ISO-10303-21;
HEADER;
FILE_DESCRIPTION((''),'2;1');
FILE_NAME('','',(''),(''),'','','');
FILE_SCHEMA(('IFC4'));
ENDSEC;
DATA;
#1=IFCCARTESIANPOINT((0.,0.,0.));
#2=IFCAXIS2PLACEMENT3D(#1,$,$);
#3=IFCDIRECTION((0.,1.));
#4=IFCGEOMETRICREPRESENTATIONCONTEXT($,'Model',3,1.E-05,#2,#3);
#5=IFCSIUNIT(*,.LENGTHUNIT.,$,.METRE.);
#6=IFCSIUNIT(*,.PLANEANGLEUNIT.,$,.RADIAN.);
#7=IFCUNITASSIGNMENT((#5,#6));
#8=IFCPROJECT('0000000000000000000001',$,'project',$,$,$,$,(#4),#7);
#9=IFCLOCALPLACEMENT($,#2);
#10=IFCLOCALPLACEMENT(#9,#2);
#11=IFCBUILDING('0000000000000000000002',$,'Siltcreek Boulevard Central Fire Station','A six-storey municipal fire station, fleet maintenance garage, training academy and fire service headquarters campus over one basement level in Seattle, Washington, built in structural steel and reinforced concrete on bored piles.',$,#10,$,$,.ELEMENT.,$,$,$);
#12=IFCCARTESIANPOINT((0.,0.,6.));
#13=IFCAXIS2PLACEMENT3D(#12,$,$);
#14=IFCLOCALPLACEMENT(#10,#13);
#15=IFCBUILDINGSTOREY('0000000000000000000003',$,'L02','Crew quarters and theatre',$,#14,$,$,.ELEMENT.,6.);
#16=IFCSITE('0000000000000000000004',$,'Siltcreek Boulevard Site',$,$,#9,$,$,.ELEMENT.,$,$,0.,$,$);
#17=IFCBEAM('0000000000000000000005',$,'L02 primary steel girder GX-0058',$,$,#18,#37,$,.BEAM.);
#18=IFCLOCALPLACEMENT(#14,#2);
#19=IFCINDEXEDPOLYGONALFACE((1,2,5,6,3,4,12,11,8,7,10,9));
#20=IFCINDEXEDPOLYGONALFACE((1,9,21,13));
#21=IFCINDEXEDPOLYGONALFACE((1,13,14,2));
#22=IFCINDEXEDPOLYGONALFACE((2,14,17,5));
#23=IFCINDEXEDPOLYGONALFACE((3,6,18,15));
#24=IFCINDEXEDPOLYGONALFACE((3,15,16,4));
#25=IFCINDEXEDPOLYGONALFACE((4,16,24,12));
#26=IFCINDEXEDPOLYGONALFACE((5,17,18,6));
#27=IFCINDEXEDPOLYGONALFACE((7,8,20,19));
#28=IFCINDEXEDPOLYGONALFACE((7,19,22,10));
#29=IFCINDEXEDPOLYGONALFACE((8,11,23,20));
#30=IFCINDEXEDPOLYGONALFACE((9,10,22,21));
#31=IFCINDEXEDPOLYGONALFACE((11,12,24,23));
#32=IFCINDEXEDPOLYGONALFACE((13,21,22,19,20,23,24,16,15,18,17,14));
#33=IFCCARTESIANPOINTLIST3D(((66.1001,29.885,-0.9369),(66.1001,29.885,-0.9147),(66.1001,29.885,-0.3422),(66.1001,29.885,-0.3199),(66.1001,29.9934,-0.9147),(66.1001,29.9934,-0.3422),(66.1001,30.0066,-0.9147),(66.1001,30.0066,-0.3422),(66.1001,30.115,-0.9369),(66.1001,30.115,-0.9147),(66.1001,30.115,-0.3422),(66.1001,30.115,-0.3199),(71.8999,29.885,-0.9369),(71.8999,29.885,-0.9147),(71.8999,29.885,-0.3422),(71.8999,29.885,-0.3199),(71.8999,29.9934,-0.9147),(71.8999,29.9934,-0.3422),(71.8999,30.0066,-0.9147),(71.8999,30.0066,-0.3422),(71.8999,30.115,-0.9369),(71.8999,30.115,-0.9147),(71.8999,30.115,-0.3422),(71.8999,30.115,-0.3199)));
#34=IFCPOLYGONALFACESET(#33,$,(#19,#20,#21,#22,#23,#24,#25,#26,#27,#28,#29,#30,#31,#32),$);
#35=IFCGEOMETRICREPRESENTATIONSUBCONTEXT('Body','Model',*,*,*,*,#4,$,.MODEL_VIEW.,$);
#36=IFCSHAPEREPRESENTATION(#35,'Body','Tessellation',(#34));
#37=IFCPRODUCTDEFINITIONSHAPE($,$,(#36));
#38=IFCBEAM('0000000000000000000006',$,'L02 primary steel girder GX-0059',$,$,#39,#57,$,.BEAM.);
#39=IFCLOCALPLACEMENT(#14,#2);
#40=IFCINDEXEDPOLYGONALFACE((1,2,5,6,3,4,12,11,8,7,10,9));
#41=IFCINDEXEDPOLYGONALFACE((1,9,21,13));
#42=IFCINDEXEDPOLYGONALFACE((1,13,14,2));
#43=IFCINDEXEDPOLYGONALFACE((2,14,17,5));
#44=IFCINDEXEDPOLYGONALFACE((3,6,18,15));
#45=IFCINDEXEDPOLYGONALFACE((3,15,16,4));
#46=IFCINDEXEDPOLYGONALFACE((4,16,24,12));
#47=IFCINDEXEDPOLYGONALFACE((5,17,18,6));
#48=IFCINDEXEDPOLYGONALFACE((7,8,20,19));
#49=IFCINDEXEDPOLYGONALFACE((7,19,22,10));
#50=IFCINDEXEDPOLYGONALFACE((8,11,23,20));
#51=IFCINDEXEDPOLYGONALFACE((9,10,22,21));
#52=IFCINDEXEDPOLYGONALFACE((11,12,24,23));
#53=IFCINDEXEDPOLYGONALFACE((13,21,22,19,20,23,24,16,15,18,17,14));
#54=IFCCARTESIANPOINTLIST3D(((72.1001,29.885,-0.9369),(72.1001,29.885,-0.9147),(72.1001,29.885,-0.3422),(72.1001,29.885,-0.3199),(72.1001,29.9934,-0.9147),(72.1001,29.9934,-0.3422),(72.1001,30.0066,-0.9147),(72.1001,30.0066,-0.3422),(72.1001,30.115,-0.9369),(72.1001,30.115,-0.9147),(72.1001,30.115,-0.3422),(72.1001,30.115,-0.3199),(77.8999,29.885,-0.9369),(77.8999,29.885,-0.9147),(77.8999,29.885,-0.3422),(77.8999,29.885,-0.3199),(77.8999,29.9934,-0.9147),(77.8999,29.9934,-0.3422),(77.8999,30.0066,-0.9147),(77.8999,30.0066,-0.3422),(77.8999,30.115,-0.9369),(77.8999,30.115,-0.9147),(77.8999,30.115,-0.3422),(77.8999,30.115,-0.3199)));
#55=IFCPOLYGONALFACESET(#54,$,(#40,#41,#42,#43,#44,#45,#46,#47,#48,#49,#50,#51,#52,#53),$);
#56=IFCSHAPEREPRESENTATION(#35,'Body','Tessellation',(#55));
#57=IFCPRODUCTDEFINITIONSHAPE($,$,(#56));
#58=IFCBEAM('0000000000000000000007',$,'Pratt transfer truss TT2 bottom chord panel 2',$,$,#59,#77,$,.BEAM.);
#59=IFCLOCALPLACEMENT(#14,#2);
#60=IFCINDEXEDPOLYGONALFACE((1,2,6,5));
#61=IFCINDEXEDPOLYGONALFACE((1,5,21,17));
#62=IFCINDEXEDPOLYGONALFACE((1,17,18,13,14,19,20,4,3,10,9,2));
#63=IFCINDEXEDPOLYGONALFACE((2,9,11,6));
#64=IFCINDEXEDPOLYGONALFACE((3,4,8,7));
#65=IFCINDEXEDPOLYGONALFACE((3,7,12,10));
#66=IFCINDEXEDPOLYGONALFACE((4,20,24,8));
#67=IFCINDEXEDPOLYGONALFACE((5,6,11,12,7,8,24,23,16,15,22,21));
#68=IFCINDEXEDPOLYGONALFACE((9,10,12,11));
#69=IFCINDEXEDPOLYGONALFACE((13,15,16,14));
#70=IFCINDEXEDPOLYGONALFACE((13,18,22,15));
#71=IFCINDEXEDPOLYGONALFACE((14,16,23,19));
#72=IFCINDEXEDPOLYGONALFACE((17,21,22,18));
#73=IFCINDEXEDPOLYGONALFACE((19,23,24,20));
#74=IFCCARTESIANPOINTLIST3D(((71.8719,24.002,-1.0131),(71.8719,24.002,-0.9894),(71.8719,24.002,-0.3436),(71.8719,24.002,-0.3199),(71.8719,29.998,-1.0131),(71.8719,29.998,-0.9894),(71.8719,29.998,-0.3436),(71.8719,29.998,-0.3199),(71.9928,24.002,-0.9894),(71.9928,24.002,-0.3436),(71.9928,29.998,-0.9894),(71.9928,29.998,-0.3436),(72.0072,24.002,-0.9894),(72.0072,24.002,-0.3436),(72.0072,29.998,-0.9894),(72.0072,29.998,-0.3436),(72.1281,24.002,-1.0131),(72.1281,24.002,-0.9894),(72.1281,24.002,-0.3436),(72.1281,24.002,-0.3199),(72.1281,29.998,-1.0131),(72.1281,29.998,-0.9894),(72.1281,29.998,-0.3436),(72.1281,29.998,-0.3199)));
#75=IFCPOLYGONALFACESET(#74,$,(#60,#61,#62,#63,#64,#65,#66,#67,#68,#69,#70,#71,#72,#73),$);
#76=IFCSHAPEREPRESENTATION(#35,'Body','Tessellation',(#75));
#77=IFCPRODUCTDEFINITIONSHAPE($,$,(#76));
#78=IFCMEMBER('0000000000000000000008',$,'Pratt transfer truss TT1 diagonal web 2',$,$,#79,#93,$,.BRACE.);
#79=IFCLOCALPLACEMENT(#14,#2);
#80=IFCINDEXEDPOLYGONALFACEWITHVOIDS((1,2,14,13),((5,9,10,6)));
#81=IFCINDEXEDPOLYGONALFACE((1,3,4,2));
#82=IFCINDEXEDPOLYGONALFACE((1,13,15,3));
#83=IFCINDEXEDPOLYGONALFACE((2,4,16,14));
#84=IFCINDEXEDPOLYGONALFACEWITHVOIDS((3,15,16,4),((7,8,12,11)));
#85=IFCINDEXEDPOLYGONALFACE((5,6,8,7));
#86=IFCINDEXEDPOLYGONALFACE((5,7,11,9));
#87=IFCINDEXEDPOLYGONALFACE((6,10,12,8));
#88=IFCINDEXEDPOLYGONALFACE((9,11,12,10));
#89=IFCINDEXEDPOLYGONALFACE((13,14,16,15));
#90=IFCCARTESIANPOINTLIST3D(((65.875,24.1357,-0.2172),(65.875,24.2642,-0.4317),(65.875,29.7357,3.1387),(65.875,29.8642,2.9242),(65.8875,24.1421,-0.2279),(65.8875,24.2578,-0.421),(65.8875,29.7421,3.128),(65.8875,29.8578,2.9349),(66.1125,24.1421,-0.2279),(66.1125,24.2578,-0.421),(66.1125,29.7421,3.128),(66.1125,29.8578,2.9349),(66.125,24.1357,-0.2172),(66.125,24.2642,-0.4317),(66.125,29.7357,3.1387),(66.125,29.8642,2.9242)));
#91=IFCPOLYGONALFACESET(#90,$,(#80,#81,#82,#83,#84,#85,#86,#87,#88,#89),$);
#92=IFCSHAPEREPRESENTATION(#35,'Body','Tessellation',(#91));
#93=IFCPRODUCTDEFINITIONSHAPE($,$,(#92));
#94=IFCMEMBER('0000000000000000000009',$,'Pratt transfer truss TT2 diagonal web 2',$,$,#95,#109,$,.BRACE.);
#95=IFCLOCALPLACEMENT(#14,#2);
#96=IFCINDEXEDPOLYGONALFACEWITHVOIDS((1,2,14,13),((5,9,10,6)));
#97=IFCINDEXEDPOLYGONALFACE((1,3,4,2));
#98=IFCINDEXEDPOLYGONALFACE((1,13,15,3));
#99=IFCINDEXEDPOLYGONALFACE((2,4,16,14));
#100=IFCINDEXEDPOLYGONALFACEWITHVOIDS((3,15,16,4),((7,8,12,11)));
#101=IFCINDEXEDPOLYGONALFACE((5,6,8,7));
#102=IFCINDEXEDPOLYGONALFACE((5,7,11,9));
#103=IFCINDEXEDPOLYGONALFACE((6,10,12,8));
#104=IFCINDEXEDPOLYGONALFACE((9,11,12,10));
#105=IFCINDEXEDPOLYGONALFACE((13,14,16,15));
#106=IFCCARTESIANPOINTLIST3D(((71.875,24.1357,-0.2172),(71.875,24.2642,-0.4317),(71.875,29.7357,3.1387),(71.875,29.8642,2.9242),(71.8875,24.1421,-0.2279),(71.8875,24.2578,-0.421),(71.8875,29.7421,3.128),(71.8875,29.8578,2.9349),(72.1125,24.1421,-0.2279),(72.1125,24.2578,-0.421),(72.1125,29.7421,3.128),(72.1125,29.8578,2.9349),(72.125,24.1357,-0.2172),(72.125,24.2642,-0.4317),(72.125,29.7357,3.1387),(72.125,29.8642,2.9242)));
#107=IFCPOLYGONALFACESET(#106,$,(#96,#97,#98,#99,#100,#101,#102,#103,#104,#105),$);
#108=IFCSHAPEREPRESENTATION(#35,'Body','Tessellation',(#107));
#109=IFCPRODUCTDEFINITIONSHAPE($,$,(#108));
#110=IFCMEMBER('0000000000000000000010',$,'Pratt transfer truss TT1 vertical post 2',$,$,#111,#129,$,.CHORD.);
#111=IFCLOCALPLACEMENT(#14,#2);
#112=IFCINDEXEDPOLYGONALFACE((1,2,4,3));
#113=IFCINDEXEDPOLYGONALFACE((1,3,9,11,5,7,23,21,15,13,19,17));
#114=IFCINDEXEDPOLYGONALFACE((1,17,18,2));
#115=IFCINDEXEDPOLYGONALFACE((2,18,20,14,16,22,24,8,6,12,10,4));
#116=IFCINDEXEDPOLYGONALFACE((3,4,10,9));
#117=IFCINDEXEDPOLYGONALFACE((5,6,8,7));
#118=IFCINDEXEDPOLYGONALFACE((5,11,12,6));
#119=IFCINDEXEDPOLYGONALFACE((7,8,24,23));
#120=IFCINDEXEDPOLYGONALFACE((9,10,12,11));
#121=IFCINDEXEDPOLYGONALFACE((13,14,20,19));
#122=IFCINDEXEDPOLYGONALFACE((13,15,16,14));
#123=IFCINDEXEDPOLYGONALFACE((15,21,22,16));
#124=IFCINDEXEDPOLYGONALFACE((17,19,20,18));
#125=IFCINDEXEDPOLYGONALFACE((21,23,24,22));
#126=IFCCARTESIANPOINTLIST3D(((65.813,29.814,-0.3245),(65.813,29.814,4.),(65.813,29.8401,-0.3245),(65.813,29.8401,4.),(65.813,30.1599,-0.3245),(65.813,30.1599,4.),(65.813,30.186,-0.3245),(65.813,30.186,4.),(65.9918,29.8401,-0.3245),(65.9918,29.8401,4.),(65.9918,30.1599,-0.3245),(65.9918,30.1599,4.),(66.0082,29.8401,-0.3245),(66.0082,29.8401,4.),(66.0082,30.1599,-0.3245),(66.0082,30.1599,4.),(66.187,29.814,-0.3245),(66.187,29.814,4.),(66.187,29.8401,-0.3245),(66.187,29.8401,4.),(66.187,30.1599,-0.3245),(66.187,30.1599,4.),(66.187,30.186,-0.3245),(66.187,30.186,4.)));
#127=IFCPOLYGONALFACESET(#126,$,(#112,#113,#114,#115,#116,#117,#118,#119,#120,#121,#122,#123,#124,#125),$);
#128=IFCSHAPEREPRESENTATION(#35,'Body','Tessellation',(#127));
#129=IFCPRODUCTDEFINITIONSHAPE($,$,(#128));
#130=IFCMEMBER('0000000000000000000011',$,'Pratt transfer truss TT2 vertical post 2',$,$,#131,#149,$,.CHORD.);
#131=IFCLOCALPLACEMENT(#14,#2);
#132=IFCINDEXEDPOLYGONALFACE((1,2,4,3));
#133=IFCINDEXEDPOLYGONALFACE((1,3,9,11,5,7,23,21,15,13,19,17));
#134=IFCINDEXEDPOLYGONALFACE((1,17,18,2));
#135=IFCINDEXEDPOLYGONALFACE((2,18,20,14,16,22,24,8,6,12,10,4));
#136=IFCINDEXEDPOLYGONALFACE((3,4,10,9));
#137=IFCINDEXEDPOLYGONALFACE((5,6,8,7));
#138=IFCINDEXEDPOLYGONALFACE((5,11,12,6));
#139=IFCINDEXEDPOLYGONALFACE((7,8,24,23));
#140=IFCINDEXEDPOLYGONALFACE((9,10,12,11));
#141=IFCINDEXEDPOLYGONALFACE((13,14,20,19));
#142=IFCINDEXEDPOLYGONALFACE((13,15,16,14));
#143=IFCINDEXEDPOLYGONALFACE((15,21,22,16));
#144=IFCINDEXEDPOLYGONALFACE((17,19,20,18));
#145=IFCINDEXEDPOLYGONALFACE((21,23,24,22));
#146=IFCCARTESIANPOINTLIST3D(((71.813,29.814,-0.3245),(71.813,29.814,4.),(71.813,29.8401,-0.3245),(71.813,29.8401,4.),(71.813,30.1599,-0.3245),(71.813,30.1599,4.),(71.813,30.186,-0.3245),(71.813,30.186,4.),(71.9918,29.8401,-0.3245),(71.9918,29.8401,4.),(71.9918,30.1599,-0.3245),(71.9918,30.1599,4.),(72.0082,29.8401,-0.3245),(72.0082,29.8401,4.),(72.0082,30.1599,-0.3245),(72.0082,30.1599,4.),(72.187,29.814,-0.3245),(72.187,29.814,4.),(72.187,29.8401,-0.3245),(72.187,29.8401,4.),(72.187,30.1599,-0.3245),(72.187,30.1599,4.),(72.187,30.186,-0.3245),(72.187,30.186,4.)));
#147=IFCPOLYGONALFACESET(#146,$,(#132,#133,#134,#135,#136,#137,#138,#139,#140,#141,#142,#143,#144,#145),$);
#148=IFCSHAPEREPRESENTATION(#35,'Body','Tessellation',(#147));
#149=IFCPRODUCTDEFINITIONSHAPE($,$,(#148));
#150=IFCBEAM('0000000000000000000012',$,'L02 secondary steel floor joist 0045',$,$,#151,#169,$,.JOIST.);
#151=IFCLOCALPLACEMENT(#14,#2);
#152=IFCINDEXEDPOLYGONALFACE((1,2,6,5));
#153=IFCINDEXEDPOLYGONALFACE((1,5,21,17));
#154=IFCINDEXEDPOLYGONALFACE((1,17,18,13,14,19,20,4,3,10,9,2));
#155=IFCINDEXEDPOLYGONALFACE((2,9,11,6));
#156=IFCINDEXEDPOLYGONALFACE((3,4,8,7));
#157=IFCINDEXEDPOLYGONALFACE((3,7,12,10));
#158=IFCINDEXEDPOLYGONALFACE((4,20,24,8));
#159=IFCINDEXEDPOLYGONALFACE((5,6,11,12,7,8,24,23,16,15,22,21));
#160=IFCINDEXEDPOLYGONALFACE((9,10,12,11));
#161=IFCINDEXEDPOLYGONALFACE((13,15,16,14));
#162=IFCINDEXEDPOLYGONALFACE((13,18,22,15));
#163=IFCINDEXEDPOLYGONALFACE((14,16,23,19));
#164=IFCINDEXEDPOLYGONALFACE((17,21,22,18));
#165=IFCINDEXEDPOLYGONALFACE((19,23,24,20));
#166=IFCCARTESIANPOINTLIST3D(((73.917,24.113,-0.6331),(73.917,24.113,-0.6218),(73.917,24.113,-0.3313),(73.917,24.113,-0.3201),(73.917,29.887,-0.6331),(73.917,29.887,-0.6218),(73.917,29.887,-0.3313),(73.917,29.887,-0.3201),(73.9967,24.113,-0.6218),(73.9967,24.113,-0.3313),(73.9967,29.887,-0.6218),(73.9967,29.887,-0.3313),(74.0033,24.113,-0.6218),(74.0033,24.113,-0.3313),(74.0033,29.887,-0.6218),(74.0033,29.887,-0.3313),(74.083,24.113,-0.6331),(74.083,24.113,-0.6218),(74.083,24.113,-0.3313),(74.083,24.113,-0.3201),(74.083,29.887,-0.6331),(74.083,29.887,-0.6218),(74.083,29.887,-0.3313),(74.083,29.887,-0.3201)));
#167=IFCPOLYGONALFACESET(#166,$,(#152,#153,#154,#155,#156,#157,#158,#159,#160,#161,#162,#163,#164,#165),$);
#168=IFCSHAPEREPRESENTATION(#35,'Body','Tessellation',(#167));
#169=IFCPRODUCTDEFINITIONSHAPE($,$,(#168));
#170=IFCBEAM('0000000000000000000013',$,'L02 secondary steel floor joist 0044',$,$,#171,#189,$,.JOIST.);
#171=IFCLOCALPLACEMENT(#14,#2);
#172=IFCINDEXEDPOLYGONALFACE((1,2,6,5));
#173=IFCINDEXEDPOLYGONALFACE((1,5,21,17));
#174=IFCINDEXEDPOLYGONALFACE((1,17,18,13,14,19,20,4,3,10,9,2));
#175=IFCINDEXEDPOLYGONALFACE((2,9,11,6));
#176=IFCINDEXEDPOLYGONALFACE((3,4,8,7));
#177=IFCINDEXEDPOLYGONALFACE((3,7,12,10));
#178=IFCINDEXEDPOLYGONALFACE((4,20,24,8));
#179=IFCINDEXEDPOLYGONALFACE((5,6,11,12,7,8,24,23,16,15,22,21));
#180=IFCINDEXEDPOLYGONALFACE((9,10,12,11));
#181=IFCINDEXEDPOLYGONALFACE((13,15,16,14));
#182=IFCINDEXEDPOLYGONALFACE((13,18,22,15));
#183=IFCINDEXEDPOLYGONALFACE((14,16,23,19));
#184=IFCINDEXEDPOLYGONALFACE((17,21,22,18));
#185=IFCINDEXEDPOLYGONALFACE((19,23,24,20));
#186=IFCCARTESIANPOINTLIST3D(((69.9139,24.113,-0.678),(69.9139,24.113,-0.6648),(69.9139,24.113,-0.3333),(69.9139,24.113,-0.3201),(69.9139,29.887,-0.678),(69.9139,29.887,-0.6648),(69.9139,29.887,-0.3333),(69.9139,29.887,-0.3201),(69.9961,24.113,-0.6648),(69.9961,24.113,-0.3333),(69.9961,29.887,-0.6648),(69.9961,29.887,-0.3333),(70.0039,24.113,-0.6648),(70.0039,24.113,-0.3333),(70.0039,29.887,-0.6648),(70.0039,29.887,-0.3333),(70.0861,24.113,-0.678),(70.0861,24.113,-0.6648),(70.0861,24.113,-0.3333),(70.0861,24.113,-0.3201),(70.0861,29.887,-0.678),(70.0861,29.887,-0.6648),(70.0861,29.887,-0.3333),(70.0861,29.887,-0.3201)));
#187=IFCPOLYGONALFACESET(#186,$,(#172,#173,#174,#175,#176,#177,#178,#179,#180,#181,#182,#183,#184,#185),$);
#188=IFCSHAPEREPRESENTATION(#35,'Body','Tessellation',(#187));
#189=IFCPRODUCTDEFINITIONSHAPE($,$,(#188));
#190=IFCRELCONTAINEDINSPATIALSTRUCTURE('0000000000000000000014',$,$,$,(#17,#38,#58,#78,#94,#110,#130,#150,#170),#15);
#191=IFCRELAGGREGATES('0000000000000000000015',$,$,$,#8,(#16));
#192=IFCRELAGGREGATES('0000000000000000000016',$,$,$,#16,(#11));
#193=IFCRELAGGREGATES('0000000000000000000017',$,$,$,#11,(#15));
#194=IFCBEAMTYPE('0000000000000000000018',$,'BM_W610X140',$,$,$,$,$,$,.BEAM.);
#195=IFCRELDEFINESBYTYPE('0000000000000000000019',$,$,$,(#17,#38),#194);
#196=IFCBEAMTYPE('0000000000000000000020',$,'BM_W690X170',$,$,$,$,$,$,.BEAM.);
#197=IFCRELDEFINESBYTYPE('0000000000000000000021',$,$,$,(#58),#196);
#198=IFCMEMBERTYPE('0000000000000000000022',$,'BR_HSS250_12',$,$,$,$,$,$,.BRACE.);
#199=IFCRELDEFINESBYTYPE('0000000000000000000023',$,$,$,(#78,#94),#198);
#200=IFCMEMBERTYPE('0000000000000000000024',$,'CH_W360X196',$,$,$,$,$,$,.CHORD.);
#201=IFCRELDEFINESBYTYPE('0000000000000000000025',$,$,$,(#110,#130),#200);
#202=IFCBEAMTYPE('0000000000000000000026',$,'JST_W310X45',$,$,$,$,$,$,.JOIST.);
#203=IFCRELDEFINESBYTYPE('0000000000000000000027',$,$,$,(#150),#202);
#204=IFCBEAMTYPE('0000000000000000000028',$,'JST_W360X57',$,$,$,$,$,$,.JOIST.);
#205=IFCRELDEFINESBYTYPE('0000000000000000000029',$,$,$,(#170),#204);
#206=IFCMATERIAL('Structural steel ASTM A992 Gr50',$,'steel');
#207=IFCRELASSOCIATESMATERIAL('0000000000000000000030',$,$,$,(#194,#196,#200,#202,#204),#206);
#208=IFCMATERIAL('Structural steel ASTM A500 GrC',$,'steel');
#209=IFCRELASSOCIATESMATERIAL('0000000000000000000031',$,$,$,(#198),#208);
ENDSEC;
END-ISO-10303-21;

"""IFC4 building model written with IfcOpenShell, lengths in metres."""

from ifc_helpers import new_model, si_unit, direction, frame, origin, origin_2d, place, context, subcontext, project, spatial, hollow_rectangle, i_section, extrude, material, material_profile, profile_set, type_object, element, save


model = new_model("IFC4")

# Units and contexts
model_context = context("Model", 3, precision=1e-05, world=origin(), true_north=direction((0.0, 1.0)))
body_context = subcontext(model_context, "Body", "Model", "MODEL_VIEW")
ifc_project = project(units=[si_unit("LENGTHUNIT", "METRE"), si_unit("PLANEANGLEUNIT", "RADIAN")], contexts=[model_context])

# Site, building, storey
site_placement = place(None, origin())
site = spatial("IfcSite", under=ifc_project, at=site_placement, Name="Siltcreek Boulevard Site", CompositionType="ELEMENT", RefElevation=0.0)
building_placement = place(site_placement, origin())
building = spatial("IfcBuilding", under=site, at=building_placement, Name="Siltcreek Boulevard Central Fire Station", Description="A six-storey municipal fire station, fleet maintenance garage, training academy and fire service headquarters campus over one basement level in Seattle, Washington, built in structural steel and reinforced concrete on bored piles.", CompositionType="ELEMENT")
storey_placement = place(building_placement, frame((0.0, 0.0, 6.0)))
storey = spatial("IfcBuildingStorey", under=building, at=storey_placement, Name="L02", Description="Crew quarters and theatre", CompositionType="ELEMENT", Elevation=6.0)

# Beams
ifc_material_1 = material(Name="Structural steel ASTM A992 Gr50", Category="steel")
ifc_material_profile_1 = material_profile(ifc_material_1, i_section(OverallWidth=0.23, OverallDepth=0.6169, WebThickness=0.0132, FlangeThickness=0.0222, at=origin_2d()), Name="W610X140")
ifc_profile_set_1 = profile_set([ifc_material_profile_1], Name="Structural steel ASTM A992 Gr50")
beam_type_1 = type_object("IfcBeamType", Name="BM_W610X140", PredefinedType="BEAM", material=ifc_profile_set_1)
for number, where, z_axis, x_axis, name in (
    (1, (66.1001, 30.0, -0.6284), (1.0, 0.0, 0.0), (0.0, 1.0, 0.0), "L02 primary steel girder GX-0058"),
    (2, (72.1001, 30.0, -0.6284), (1.0, 0.0, 0.0), (0.0, 1.0, 0.0), "L02 primary steel girder GX-0059"),
):
    element("IfcBeam", number, at=place(storey_placement, frame(where, z_axis=z_axis, x_axis=x_axis)), inside=storey, type_object=beam_type_1, Name=name, PredefinedType="BEAM", context=body_context, shape_type="SweptSolid", body=[
        extrude(i_section(OverallWidth=0.23, OverallDepth=0.6169, WebThickness=0.0132, FlangeThickness=0.0222, at=origin_2d()), origin(), (0.0, 0.0, 1.0), 5.7998),
    ])
ifc_material_profile_2 = material_profile(ifc_material_1, i_section(OverallWidth=0.2561, OverallDepth=0.6931, WebThickness=0.0144, FlangeThickness=0.0237, at=origin_2d()), Name="W690X170")
ifc_profile_set_2 = profile_set([ifc_material_profile_2], Name="Structural steel ASTM A992 Gr50")
beam_type_2 = type_object("IfcBeamType", Name="BM_W690X170", PredefinedType="BEAM", material=ifc_profile_set_2)
beam_1_placement = place(storey_placement, frame((72.0, 24.002, -0.6665), z_axis=(0.0, 1.0, 0.0), x_axis=(-1.0, 0.0, 0.0)))
element("IfcBeam", 3, at=beam_1_placement, inside=storey, type_object=beam_type_2, Name="Pratt transfer truss TT2 bottom chord panel 2", PredefinedType="BEAM", context=body_context, shape_type="SweptSolid", body=[
    extrude(i_section(OverallWidth=0.2561, OverallDepth=0.6931, WebThickness=0.0144, FlangeThickness=0.0237, at=origin_2d()), origin(), (0.0, 0.0, 1.0), 5.9961),
])

# Members
ifc_material_2 = material(Name="Structural steel ASTM A500 GrC", Category="steel")
ifc_material_profile_3 = material_profile(ifc_material_2, hollow_rectangle(XDim=0.25, YDim=0.25, WallThickness=0.0125, at=origin_2d()), Name="HSS250X250X12.5")
ifc_profile_set_3 = profile_set([ifc_material_profile_3], Name="Structural steel ASTM A500 GrC")
member_type_1 = type_object("IfcMemberType", Name="BR_HSS250_12", PredefinedType="BRACE", material=ifc_profile_set_3)
for number, where, z_axis, x_axis, name in (
    (4, (66.0, 24.2, -0.3245), (0.0, 0.85777, 0.514034), (-1.0, 0.0, 0.0), "Pratt transfer truss TT1 diagonal web 2"),
    (5, (72.0, 24.2, -0.3245), (0.0, 0.85777, 0.514034), (-1.0, 0.0, 0.0), "Pratt transfer truss TT2 diagonal web 2"),
):
    element("IfcMember", number, at=place(storey_placement, frame(where, z_axis=z_axis, x_axis=x_axis)), inside=storey, type_object=member_type_1, Name=name, PredefinedType="BRACE", context=body_context, shape_type="SweptSolid", body=[
        extrude(hollow_rectangle(XDim=0.25, YDim=0.25, WallThickness=0.0125, at=origin_2d()), origin(), (0.0, 0.0, 1.0), 6.5286),
    ])
ifc_material_profile_4 = material_profile(ifc_material_1, i_section(OverallWidth=0.374, OverallDepth=0.3721, WebThickness=0.0164, FlangeThickness=0.0261, at=origin_2d()), Name="W360X196")
ifc_profile_set_4 = profile_set([ifc_material_profile_4], Name="Structural steel ASTM A992 Gr50")
member_type_2 = type_object("IfcMemberType", Name="CH_W360X196", PredefinedType="CHORD", material=ifc_profile_set_4)
for number, where, z_axis, x_axis, name in (
    (6, (66.0, 30.0, -0.3245), (0.0, 0.0, 1.0), (1.0, 0.0, 0.0), "Pratt transfer truss TT1 vertical post 2"),
    (7, (72.0, 30.0, -0.3245), (0.0, 0.0, 1.0), (1.0, 0.0, 0.0), "Pratt transfer truss TT2 vertical post 2"),
):
    element("IfcMember", number, at=place(storey_placement, frame(where, z_axis=z_axis, x_axis=x_axis)), inside=storey, type_object=member_type_2, Name=name, PredefinedType="CHORD", context=body_context, shape_type="SweptSolid", body=[
        extrude(i_section(OverallWidth=0.374, OverallDepth=0.3721, WebThickness=0.0164, FlangeThickness=0.0261, at=origin_2d()), origin(), (0.0, 0.0, 1.0), 4.3245),
    ])

# Beams
ifc_material_profile_5 = material_profile(ifc_material_1, i_section(OverallWidth=0.166, OverallDepth=0.313, WebThickness=0.0066, FlangeThickness=0.0112, at=origin_2d()), Name="W310X45")
ifc_profile_set_5 = profile_set([ifc_material_profile_5], Name="Structural steel ASTM A992 Gr50")
beam_type_3 = type_object("IfcBeamType", Name="JST_W310X45", PredefinedType="JOIST", material=ifc_profile_set_5)
beam_2_placement = place(storey_placement, frame((74.0, 24.113, -0.4766), z_axis=(0.0, 1.0, 0.0), x_axis=(-1.0, 0.0, 0.0)))
element("IfcBeam", 8, at=beam_2_placement, inside=storey, type_object=beam_type_3, Name="L02 secondary steel floor joist 0045", PredefinedType="JOIST", context=body_context, shape_type="SweptSolid", body=[
    extrude(i_section(OverallWidth=0.166, OverallDepth=0.313, WebThickness=0.0066, FlangeThickness=0.0112, at=origin_2d()), origin(), (0.0, 0.0, 1.0), 5.7739),
])
ifc_material_profile_6 = material_profile(ifc_material_1, i_section(OverallWidth=0.1721, OverallDepth=0.3579, WebThickness=0.0078, FlangeThickness=0.0132, at=origin_2d()), Name="W360X57")
ifc_profile_set_6 = profile_set([ifc_material_profile_6], Name="Structural steel ASTM A992 Gr50")
beam_type_4 = type_object("IfcBeamType", Name="JST_W360X57", PredefinedType="JOIST", material=ifc_profile_set_6)
beam_3_placement = place(storey_placement, frame((70.0, 24.113, -0.499), z_axis=(0.0, 1.0, 0.0), x_axis=(-1.0, 0.0, 0.0)))
element("IfcBeam", 9, at=beam_3_placement, inside=storey, type_object=beam_type_4, Name="L02 secondary steel floor joist 0044", PredefinedType="JOIST", context=body_context, shape_type="SweptSolid", body=[
    extrude(i_section(OverallWidth=0.1721, OverallDepth=0.3579, WebThickness=0.0078, FlangeThickness=0.0132, at=origin_2d()), origin(), (0.0, 0.0, 1.0), 5.7739),
])

save(model, "model.ifc")
